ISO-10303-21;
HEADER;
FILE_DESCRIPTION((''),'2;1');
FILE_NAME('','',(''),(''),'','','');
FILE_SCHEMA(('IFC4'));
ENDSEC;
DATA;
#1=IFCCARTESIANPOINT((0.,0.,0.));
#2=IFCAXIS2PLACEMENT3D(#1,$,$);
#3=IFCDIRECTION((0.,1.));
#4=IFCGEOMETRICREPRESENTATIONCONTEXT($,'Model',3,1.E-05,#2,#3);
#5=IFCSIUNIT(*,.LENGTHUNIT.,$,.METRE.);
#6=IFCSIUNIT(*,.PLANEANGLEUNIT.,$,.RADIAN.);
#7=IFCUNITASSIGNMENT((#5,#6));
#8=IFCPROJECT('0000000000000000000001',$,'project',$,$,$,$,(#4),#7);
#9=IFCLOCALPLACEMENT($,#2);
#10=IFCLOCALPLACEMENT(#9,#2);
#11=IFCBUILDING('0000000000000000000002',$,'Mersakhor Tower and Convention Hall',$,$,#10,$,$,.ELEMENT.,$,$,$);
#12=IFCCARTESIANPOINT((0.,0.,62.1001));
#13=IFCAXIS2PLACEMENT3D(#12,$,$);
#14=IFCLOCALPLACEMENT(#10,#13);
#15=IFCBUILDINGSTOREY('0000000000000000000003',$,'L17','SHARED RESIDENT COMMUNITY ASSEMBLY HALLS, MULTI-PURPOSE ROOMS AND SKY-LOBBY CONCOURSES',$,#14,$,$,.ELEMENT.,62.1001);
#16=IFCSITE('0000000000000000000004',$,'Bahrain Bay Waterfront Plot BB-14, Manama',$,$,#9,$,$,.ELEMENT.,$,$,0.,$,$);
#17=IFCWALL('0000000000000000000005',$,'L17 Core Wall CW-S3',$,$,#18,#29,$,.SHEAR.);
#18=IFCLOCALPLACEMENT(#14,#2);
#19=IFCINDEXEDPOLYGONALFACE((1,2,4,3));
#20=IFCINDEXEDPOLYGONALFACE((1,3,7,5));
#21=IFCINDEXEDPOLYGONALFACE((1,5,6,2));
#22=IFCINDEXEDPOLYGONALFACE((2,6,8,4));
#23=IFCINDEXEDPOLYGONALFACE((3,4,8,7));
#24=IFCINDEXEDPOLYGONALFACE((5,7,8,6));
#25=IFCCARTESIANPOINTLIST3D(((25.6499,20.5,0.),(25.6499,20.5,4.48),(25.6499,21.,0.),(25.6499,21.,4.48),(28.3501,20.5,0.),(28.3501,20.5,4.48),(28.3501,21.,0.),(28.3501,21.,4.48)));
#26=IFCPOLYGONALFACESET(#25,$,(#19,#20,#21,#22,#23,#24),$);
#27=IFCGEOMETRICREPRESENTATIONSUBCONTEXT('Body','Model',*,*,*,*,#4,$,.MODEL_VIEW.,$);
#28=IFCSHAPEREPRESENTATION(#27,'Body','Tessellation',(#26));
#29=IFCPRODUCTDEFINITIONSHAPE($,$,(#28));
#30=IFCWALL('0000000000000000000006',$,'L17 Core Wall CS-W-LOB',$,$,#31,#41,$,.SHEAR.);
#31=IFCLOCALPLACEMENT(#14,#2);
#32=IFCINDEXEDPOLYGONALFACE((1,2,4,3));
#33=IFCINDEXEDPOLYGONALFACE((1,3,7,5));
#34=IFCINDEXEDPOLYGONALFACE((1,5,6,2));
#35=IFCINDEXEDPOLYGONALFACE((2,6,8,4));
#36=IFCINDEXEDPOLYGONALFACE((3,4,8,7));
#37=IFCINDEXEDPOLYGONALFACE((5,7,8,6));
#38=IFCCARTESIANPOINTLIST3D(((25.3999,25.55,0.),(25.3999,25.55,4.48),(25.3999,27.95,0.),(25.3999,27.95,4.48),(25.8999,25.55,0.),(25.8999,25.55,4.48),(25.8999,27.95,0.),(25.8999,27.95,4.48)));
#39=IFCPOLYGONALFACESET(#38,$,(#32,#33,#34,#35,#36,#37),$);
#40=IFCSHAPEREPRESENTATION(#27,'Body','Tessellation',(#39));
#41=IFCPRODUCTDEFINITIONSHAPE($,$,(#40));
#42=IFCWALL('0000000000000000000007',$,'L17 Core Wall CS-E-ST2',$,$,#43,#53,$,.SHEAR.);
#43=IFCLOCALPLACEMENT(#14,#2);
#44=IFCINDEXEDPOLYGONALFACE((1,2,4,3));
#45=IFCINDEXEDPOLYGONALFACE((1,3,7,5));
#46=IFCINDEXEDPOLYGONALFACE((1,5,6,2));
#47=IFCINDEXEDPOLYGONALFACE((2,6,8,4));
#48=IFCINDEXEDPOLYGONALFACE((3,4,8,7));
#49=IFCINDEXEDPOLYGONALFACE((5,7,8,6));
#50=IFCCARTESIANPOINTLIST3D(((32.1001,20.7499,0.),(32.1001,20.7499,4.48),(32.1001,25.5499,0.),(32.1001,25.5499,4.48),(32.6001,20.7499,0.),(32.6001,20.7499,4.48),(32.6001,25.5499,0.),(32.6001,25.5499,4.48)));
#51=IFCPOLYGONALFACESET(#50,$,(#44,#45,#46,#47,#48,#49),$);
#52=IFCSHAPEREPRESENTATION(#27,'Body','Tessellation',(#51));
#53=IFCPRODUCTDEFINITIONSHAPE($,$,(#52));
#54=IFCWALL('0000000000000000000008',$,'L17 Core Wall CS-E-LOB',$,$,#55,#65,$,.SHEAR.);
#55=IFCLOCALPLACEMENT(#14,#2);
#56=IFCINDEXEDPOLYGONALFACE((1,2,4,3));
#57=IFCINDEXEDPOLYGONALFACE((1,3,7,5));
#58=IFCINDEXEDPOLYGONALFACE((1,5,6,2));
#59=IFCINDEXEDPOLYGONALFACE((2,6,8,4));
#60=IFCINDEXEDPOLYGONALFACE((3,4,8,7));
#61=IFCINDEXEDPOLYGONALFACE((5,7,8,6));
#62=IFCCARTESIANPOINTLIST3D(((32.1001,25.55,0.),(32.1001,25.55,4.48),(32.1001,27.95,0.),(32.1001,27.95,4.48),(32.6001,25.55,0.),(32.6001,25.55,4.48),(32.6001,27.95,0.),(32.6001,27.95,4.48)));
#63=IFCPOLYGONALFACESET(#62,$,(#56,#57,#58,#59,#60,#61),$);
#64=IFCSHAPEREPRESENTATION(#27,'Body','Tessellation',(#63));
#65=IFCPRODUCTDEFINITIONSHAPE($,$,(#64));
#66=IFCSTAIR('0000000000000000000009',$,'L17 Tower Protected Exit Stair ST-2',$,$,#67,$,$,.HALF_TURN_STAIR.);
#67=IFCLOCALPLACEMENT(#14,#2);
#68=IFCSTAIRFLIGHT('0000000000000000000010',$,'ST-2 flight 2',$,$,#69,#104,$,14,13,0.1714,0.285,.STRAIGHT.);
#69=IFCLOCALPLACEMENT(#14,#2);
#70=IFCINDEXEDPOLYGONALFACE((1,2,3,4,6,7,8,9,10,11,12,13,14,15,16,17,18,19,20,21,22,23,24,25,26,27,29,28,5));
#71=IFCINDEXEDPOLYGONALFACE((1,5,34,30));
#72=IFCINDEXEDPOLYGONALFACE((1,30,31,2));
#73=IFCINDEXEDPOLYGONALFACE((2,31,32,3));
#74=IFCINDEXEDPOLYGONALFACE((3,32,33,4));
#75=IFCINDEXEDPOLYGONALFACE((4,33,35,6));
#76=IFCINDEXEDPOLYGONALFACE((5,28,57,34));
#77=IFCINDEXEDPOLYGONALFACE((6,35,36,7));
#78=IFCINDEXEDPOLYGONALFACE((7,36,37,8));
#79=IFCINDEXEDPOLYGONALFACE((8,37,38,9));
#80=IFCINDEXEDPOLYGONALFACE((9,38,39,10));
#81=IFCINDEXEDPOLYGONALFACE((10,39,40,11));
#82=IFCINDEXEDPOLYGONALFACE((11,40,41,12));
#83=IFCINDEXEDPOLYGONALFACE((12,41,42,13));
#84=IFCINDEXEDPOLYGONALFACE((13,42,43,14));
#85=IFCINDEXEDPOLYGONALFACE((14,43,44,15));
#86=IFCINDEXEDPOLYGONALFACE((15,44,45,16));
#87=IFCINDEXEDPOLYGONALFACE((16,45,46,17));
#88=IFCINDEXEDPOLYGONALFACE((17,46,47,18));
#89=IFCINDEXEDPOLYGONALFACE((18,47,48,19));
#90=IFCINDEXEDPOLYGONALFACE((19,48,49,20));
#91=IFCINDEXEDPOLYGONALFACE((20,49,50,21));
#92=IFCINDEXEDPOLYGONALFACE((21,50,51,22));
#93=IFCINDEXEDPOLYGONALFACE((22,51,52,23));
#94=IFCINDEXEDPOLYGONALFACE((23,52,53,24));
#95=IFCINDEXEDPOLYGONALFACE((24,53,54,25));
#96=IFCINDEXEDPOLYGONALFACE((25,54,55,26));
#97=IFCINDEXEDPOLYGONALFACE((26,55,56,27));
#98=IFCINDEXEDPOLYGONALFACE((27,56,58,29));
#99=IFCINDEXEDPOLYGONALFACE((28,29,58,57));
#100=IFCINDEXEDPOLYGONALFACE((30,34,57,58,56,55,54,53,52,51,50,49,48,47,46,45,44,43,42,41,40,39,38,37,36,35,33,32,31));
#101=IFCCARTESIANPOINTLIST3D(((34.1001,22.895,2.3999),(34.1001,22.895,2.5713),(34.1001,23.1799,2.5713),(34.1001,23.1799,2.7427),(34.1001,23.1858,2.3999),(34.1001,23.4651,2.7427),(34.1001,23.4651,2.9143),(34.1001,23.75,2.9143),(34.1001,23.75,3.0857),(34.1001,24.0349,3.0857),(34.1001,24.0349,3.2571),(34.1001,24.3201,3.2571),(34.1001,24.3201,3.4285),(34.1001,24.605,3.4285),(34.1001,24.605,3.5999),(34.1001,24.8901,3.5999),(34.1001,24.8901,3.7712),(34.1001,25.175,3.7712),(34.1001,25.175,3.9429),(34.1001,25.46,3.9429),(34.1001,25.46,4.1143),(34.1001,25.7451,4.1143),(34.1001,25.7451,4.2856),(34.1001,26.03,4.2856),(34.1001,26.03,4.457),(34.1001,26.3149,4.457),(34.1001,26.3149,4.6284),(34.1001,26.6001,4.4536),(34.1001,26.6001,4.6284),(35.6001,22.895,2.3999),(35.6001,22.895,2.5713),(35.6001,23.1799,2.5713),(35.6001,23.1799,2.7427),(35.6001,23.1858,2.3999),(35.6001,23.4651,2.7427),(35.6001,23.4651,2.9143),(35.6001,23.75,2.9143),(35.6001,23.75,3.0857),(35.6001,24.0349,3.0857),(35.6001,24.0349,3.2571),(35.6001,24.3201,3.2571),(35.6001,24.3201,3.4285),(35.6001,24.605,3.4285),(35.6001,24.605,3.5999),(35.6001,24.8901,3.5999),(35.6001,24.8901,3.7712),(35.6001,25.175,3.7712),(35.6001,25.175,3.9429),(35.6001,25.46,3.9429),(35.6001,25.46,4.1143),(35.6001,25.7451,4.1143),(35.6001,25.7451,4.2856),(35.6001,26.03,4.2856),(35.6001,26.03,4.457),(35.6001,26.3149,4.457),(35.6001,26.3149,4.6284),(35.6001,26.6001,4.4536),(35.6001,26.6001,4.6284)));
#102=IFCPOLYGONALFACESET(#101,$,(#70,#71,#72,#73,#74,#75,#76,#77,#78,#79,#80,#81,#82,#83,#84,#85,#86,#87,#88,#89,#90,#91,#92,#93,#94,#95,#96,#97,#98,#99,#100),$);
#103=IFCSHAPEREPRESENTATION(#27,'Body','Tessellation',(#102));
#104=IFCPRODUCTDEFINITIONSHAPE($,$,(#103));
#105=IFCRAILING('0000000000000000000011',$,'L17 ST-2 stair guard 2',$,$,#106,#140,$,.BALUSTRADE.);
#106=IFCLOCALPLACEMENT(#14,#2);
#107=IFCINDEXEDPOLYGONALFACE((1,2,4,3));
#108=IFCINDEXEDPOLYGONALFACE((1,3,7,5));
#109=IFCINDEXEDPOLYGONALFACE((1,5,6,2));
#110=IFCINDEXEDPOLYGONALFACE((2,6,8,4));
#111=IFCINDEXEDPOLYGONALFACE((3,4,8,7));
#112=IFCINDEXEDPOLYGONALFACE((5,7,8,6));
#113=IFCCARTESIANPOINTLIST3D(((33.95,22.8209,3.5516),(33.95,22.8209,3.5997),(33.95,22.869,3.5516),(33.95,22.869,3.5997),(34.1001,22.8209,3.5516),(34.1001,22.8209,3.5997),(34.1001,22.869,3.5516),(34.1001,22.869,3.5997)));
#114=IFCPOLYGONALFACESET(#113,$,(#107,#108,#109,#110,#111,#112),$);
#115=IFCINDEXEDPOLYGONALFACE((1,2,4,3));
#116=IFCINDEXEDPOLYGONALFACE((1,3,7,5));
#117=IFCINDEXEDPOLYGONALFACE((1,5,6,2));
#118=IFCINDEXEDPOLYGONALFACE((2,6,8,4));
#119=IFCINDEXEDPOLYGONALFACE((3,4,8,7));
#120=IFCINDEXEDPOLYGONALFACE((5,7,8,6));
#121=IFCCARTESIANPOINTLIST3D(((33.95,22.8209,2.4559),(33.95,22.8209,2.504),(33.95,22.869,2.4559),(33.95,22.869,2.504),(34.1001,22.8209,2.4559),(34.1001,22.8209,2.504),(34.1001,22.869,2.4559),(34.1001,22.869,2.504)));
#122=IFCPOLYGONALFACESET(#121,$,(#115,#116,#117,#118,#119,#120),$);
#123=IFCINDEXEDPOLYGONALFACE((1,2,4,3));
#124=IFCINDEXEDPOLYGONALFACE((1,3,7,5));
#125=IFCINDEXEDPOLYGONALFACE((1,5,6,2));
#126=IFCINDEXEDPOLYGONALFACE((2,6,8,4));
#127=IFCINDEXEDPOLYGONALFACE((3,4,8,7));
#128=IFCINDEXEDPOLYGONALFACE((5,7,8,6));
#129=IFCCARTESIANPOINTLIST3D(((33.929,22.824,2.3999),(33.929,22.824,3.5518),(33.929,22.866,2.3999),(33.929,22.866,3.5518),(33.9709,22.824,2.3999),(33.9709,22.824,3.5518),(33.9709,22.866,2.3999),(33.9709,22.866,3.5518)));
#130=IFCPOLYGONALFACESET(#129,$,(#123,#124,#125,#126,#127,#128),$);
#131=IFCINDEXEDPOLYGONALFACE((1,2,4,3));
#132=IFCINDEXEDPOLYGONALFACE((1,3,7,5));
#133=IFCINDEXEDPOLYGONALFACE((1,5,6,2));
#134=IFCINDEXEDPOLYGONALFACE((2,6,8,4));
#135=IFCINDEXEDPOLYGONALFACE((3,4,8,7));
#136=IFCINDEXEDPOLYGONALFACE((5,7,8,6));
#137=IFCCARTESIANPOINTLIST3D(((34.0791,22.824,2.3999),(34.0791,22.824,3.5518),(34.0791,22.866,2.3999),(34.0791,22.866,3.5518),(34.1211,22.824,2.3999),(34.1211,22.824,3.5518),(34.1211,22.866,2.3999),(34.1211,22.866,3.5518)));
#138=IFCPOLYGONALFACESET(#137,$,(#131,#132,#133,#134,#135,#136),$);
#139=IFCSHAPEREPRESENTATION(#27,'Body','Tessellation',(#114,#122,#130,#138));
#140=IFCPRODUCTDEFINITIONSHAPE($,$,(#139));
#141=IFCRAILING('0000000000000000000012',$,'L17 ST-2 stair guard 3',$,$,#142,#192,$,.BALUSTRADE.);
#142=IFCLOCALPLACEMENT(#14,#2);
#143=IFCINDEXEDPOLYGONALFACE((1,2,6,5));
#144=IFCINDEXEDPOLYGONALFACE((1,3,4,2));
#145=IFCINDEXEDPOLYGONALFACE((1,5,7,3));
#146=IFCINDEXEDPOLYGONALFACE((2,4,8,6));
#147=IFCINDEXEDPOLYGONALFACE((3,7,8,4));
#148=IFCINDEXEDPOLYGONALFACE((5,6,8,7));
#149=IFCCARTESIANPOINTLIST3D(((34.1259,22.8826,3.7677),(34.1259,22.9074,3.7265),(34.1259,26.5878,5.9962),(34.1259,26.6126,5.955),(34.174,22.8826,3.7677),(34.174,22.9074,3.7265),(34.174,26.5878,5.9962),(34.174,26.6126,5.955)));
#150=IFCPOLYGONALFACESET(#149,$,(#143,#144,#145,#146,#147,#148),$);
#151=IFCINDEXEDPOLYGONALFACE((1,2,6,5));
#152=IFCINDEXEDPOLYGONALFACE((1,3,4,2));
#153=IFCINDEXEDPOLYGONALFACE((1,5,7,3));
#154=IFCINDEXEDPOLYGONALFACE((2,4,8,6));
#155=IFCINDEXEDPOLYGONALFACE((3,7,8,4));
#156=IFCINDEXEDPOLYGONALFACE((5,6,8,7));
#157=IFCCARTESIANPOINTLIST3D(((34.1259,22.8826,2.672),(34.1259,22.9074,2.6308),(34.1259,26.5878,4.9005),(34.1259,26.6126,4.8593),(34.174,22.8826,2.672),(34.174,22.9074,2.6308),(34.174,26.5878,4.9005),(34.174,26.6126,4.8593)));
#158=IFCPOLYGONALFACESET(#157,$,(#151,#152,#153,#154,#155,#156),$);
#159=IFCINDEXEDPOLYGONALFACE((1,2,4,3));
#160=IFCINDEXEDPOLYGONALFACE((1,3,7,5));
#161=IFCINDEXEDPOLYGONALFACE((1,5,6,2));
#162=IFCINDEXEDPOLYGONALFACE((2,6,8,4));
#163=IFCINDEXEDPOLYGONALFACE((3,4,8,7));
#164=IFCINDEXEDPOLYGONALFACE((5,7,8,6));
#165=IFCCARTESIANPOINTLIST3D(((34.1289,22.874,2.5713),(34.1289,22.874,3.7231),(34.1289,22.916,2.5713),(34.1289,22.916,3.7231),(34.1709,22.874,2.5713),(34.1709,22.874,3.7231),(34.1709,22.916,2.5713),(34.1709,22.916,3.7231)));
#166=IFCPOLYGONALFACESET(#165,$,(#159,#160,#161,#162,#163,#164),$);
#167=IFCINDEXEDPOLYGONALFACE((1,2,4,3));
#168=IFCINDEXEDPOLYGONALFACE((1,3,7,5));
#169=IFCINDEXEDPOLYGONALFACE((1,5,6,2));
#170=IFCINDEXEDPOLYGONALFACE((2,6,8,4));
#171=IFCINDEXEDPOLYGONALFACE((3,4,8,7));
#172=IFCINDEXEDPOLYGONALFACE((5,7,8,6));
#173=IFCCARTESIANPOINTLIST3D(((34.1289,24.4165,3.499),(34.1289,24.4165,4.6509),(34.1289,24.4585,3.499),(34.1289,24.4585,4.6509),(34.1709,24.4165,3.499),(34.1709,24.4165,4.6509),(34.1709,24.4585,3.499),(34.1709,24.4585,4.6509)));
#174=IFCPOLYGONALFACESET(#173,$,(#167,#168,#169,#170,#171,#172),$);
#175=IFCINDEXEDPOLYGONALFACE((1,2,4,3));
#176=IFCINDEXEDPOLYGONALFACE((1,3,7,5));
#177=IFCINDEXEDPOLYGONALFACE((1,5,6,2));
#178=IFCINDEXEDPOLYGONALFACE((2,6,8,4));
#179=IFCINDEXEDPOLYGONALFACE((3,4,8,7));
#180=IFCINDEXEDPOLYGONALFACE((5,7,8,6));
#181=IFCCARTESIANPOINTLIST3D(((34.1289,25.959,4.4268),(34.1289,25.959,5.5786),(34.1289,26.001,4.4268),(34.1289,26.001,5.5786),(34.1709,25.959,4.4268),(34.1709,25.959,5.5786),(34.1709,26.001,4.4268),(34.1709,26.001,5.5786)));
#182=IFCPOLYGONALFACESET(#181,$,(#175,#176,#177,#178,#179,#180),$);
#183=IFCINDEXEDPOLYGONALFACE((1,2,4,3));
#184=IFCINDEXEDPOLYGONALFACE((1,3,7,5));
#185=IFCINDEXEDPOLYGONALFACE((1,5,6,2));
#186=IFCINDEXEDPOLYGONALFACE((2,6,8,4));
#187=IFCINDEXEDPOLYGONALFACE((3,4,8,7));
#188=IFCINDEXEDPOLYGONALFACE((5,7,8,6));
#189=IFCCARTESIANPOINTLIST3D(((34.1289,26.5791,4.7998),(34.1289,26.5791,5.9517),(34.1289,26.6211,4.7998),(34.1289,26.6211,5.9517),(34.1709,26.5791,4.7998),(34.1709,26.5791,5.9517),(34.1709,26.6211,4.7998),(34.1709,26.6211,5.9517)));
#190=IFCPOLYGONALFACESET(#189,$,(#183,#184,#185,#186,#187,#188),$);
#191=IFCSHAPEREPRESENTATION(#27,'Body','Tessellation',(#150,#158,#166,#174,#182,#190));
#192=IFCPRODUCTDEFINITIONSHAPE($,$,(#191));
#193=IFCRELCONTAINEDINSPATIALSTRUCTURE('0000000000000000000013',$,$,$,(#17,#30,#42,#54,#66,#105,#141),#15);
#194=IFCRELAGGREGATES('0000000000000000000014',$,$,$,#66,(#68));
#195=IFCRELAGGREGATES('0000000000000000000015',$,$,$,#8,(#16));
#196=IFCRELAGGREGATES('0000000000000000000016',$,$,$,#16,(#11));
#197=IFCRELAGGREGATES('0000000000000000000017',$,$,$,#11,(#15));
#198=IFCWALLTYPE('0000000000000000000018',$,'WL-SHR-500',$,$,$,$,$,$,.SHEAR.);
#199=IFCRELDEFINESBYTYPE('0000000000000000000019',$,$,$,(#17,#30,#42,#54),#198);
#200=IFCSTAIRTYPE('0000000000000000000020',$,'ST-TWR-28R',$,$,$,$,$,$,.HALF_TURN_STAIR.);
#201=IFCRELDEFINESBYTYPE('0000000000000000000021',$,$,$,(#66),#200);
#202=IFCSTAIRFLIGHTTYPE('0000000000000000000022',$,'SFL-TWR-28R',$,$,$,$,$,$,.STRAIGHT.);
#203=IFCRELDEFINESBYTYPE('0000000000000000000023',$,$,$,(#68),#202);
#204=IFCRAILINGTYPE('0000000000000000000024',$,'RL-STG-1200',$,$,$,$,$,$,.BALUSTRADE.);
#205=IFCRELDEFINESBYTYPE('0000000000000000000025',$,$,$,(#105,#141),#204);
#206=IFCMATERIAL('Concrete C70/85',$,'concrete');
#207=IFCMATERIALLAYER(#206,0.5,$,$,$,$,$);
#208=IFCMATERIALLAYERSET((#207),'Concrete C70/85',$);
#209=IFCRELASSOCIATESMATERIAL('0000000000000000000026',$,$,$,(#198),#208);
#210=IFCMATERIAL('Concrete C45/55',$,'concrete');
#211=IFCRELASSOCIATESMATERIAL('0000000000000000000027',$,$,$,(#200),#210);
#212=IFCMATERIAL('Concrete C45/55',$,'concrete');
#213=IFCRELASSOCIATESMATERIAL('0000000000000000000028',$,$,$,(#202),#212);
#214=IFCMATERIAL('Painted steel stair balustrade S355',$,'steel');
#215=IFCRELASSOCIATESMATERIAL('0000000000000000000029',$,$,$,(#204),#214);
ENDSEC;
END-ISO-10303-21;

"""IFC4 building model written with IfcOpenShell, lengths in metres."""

from ifc_helpers import new_model, si_unit, direction, frame, frame_2d, origin, origin_2d, place, context, subcontext, project, spatial, polyline, rectangle, outline, extrude, material, layer, layer_set, type_object, element, aggregate, save


model = new_model("IFC4")

# Units and contexts
model_context = context("Model", 3, precision=1e-05, world=origin(), true_north=direction((0.0, 1.0)))
body_context = subcontext(model_context, "Body", "Model", "MODEL_VIEW")
ifc_project = project(units=[si_unit("LENGTHUNIT", "METRE"), si_unit("PLANEANGLEUNIT", "RADIAN")], contexts=[model_context])

# Site, building, storey
site_placement = place(None, origin())
site = spatial("IfcSite", under=ifc_project, at=site_placement, Name="Bahrain Bay Waterfront Plot BB-14, Manama", CompositionType="ELEMENT", RefElevation=0.0)
building_placement = place(site_placement, origin())
building = spatial("IfcBuilding", under=site, at=building_placement, Name="Mersakhor Tower and Convention Hall", CompositionType="ELEMENT")
storey_placement = place(building_placement, frame((0.0, 0.0, 62.1001)))
storey = spatial("IfcBuildingStorey", under=building, at=storey_placement, Name="L17", Description="SHARED RESIDENT COMMUNITY ASSEMBLY HALLS, MULTI-PURPOSE ROOMS AND SKY-LOBBY CONCOURSES", CompositionType="ELEMENT", Elevation=62.1001)

# Shared definitions
ifc_material_1 = material(Name="Concrete C70/85", Category="concrete")
ifc_layer_1 = layer(ifc_material_1, 0.5)
ifc_layer_set_1 = layer_set([ifc_layer_1], Name="Concrete C70/85")
wall_type_1 = type_object("IfcWallType", Name="WL-SHR-500", PredefinedType="SHEAR", material=ifc_layer_set_1)

# Walls
wall_1_placement = place(storey_placement, frame((28.3501, 20.75, 0.0), z_axis=(0.0, 0.0, 1.0), x_axis=(-1.0, 0.0, 0.0)))
element("IfcWall", 1, at=wall_1_placement, inside=storey, type_object=wall_type_1, Name="L17 Core Wall CW-S3", PredefinedType="SHEAR", context=body_context, shape_type="SweptSolid", body=[
    extrude(rectangle(XDim=2.7002, YDim=0.5, at=frame_2d((1.3501, 0.0))), origin(), (0.0, 0.0, 1.0), 4.48),
])
wall_2_placement = place(storey_placement, frame((25.6499, 25.55, 0.0), z_axis=(0.0, 0.0, 1.0), x_axis=(0.0, 1.0, 0.0)))
element("IfcWall", 2, at=wall_2_placement, inside=storey, type_object=wall_type_1, Name="L17 Core Wall CS-W-LOB", PredefinedType="SHEAR", context=body_context, shape_type="SweptSolid", body=[
    extrude(rectangle(XDim=2.3999, YDim=0.5, at=frame_2d((1.2, 0.0))), origin(), (0.0, 0.0, 1.0), 4.48),
])
wall_3_placement = place(storey_placement, frame((32.3501, 20.75, 0.0), z_axis=(0.0, 0.0, 1.0), x_axis=(0.0, 1.0, 0.0)))
element("IfcWall", 3, at=wall_3_placement, inside=storey, type_object=wall_type_1, Name="L17 Core Wall CS-E-ST2", PredefinedType="SHEAR", context=body_context, shape_type="SweptSolid", body=[
    extrude(rectangle(XDim=4.8, YDim=0.5, at=frame_2d((2.3999, 0.0))), origin(), (0.0, 0.0, 1.0), 4.48),
])
wall_4_placement = place(storey_placement, frame((32.3501, 25.55, 0.0), z_axis=(0.0, 0.0, 1.0), x_axis=(0.0, 1.0, 0.0)))
element("IfcWall", 4, at=wall_4_placement, inside=storey, type_object=wall_type_1, Name="L17 Core Wall CS-E-LOB", PredefinedType="SHEAR", context=body_context, shape_type="SweptSolid", body=[
    extrude(rectangle(XDim=2.3999, YDim=0.5, at=frame_2d((1.2, 0.0))), origin(), (0.0, 0.0, 1.0), 4.48),
])

# Stair, stair flight
ifc_material_2 = material(Name="Concrete C45/55", Category="concrete")
stair_type = type_object("IfcStairType", Name="ST-TWR-28R", PredefinedType="HALF_TURN_STAIR", material=ifc_material_2)
stair_placement = place(storey_placement, origin())
stair = element("IfcStair", 5, at=stair_placement, inside=storey, type_object=stair_type, Name="L17 Tower Protected Exit Stair ST-2", PredefinedType="HALF_TURN_STAIR")
ifc_material_3 = material(Name="Concrete C45/55", Category="concrete")
stair_flight_type = type_object("IfcStairFlightType", Name="SFL-TWR-28R", PredefinedType="STRAIGHT", material=ifc_material_3)
stair_flight_placement = place(storey_placement, frame((34.8501, 22.895, 2.3999), z_axis=(0.0, 0.0, 1.0), x_axis=(0.0, 1.0, 0.0)))
stair_flight = element("IfcStairFlight", 6, at=stair_flight_placement, type_object=stair_flight_type, Name="ST-2 flight 2", NumberOfRisers=14, NumberOfTreads=13, PredefinedType="STRAIGHT", RiserHeight=0.1714, TreadLength=0.285, context=body_context, shape_type="SweptSolid", body=[
    extrude(outline(polyline([(0.0, 0.0), (0.0, 0.1714), (0.2849, 0.1714), (0.2849, 0.3428), (0.5701, 0.3428), (0.5701, 0.5144), (0.855, 0.5144), (0.855, 0.6858), (1.1399, 0.6858), (1.1399, 0.8572), (1.425, 0.8572), (1.425, 1.0286), (1.71, 1.0286), (1.71, 1.2), (1.9951, 1.2), (1.9951, 1.3713), (2.28, 1.3713), (2.28, 1.543), (2.5649, 1.543), (2.5649, 1.7144), (2.8501, 1.7144), (2.8501, 1.8857), (3.135, 1.8857), (3.135, 2.0571), (3.4199, 2.0571), (3.4199, 2.2285), (3.7051, 2.2285), (3.7051, 2.3999), (3.7051, 2.0537), (0.2908, 0.0), (0.0, 0.0)])), frame((0.0, 0.75, 0.0), z_axis=(0.0, -1.0, 0.0), x_axis=(1.0, 0.0, 0.0)), (0.0, 0.0, 1.0), 1.5),
])
aggregate(stair, [stair_flight])

# Railings
ifc_material_4 = material(Name="Painted steel stair balustrade S355", Category="steel")
railing_type = type_object("IfcRailingType", Name="RL-STG-1200", PredefinedType="BALUSTRADE", material=ifc_material_4)
railing_1_placement = place(storey_placement, frame((33.95, 22.845, 2.3999)))
element("IfcRailing", 7, at=railing_1_placement, inside=storey, type_object=railing_type, Name="L17 ST-2 stair guard 2", PredefinedType="BALUSTRADE", context=body_context, shape_type="SweptSolid", body=[
    extrude(rectangle(XDim=0.0481, YDim=0.0481, at=origin_2d()), frame((0.0, 0.0, 1.1758), z_axis=(1.0, 0.0, 0.0), x_axis=(0.0, 1.0, 0.0)), (0.0, 0.0, 1.0), 0.1501),
    extrude(rectangle(XDim=0.0481, YDim=0.0481, at=origin_2d()), frame((0.0, 0.0, 0.0801), z_axis=(1.0, 0.0, 0.0), x_axis=(0.0, 1.0, 0.0)), (0.0, 0.0, 1.0), 0.1501),
    extrude(rectangle(XDim=0.042, YDim=0.042, at=origin_2d()), origin(), (0.0, 0.0, 1.0), 1.1519),
    extrude(rectangle(XDim=0.042, YDim=0.042, at=origin_2d()), frame((0.1501, 0.0, 0.0)), (0.0, 0.0, 1.0), 1.1519),
])
railing_2_placement = place(storey_placement, frame((34.1499, 22.895, 2.5713)))
element("IfcRailing", 8, at=railing_2_placement, inside=storey, type_object=railing_type, Name="L17 ST-2 stair guard 3", PredefinedType="BALUSTRADE", context=body_context, shape_type="SweptSolid", body=[
    extrude(rectangle(XDim=0.0481, YDim=0.0481, at=origin_2d()), frame((0.0, 0.0, 1.1758), z_axis=(0.0, 0.856934, 0.515425), x_axis=(-1.0, 0.0, 0.0)), (0.0, 0.0, 1.0), 4.3237),
    extrude(rectangle(XDim=0.0481, YDim=0.0481, at=origin_2d()), frame((0.0, 0.0, 0.0801), z_axis=(0.0, 0.856934, 0.515425), x_axis=(-1.0, 0.0, 0.0)), (0.0, 0.0, 1.0), 4.3237),
    extrude(rectangle(XDim=0.042, YDim=0.042, at=origin_2d()), origin(), (0.0, 0.0, 1.0), 1.1519),
    extrude(rectangle(XDim=0.042, YDim=0.042, at=origin_2d()), frame((0.0, 1.5425, 0.9277)), (0.0, 0.0, 1.0), 1.1519),
    extrude(rectangle(XDim=0.042, YDim=0.042, at=origin_2d()), frame((0.0, 3.085, 1.8555)), (0.0, 0.0, 1.0), 1.1519),
    extrude(rectangle(XDim=0.042, YDim=0.042, at=origin_2d()), frame((0.0, 3.7051, 2.2285)), (0.0, 0.0, 1.0), 1.1519),
])

save(model, "model.ifc")
